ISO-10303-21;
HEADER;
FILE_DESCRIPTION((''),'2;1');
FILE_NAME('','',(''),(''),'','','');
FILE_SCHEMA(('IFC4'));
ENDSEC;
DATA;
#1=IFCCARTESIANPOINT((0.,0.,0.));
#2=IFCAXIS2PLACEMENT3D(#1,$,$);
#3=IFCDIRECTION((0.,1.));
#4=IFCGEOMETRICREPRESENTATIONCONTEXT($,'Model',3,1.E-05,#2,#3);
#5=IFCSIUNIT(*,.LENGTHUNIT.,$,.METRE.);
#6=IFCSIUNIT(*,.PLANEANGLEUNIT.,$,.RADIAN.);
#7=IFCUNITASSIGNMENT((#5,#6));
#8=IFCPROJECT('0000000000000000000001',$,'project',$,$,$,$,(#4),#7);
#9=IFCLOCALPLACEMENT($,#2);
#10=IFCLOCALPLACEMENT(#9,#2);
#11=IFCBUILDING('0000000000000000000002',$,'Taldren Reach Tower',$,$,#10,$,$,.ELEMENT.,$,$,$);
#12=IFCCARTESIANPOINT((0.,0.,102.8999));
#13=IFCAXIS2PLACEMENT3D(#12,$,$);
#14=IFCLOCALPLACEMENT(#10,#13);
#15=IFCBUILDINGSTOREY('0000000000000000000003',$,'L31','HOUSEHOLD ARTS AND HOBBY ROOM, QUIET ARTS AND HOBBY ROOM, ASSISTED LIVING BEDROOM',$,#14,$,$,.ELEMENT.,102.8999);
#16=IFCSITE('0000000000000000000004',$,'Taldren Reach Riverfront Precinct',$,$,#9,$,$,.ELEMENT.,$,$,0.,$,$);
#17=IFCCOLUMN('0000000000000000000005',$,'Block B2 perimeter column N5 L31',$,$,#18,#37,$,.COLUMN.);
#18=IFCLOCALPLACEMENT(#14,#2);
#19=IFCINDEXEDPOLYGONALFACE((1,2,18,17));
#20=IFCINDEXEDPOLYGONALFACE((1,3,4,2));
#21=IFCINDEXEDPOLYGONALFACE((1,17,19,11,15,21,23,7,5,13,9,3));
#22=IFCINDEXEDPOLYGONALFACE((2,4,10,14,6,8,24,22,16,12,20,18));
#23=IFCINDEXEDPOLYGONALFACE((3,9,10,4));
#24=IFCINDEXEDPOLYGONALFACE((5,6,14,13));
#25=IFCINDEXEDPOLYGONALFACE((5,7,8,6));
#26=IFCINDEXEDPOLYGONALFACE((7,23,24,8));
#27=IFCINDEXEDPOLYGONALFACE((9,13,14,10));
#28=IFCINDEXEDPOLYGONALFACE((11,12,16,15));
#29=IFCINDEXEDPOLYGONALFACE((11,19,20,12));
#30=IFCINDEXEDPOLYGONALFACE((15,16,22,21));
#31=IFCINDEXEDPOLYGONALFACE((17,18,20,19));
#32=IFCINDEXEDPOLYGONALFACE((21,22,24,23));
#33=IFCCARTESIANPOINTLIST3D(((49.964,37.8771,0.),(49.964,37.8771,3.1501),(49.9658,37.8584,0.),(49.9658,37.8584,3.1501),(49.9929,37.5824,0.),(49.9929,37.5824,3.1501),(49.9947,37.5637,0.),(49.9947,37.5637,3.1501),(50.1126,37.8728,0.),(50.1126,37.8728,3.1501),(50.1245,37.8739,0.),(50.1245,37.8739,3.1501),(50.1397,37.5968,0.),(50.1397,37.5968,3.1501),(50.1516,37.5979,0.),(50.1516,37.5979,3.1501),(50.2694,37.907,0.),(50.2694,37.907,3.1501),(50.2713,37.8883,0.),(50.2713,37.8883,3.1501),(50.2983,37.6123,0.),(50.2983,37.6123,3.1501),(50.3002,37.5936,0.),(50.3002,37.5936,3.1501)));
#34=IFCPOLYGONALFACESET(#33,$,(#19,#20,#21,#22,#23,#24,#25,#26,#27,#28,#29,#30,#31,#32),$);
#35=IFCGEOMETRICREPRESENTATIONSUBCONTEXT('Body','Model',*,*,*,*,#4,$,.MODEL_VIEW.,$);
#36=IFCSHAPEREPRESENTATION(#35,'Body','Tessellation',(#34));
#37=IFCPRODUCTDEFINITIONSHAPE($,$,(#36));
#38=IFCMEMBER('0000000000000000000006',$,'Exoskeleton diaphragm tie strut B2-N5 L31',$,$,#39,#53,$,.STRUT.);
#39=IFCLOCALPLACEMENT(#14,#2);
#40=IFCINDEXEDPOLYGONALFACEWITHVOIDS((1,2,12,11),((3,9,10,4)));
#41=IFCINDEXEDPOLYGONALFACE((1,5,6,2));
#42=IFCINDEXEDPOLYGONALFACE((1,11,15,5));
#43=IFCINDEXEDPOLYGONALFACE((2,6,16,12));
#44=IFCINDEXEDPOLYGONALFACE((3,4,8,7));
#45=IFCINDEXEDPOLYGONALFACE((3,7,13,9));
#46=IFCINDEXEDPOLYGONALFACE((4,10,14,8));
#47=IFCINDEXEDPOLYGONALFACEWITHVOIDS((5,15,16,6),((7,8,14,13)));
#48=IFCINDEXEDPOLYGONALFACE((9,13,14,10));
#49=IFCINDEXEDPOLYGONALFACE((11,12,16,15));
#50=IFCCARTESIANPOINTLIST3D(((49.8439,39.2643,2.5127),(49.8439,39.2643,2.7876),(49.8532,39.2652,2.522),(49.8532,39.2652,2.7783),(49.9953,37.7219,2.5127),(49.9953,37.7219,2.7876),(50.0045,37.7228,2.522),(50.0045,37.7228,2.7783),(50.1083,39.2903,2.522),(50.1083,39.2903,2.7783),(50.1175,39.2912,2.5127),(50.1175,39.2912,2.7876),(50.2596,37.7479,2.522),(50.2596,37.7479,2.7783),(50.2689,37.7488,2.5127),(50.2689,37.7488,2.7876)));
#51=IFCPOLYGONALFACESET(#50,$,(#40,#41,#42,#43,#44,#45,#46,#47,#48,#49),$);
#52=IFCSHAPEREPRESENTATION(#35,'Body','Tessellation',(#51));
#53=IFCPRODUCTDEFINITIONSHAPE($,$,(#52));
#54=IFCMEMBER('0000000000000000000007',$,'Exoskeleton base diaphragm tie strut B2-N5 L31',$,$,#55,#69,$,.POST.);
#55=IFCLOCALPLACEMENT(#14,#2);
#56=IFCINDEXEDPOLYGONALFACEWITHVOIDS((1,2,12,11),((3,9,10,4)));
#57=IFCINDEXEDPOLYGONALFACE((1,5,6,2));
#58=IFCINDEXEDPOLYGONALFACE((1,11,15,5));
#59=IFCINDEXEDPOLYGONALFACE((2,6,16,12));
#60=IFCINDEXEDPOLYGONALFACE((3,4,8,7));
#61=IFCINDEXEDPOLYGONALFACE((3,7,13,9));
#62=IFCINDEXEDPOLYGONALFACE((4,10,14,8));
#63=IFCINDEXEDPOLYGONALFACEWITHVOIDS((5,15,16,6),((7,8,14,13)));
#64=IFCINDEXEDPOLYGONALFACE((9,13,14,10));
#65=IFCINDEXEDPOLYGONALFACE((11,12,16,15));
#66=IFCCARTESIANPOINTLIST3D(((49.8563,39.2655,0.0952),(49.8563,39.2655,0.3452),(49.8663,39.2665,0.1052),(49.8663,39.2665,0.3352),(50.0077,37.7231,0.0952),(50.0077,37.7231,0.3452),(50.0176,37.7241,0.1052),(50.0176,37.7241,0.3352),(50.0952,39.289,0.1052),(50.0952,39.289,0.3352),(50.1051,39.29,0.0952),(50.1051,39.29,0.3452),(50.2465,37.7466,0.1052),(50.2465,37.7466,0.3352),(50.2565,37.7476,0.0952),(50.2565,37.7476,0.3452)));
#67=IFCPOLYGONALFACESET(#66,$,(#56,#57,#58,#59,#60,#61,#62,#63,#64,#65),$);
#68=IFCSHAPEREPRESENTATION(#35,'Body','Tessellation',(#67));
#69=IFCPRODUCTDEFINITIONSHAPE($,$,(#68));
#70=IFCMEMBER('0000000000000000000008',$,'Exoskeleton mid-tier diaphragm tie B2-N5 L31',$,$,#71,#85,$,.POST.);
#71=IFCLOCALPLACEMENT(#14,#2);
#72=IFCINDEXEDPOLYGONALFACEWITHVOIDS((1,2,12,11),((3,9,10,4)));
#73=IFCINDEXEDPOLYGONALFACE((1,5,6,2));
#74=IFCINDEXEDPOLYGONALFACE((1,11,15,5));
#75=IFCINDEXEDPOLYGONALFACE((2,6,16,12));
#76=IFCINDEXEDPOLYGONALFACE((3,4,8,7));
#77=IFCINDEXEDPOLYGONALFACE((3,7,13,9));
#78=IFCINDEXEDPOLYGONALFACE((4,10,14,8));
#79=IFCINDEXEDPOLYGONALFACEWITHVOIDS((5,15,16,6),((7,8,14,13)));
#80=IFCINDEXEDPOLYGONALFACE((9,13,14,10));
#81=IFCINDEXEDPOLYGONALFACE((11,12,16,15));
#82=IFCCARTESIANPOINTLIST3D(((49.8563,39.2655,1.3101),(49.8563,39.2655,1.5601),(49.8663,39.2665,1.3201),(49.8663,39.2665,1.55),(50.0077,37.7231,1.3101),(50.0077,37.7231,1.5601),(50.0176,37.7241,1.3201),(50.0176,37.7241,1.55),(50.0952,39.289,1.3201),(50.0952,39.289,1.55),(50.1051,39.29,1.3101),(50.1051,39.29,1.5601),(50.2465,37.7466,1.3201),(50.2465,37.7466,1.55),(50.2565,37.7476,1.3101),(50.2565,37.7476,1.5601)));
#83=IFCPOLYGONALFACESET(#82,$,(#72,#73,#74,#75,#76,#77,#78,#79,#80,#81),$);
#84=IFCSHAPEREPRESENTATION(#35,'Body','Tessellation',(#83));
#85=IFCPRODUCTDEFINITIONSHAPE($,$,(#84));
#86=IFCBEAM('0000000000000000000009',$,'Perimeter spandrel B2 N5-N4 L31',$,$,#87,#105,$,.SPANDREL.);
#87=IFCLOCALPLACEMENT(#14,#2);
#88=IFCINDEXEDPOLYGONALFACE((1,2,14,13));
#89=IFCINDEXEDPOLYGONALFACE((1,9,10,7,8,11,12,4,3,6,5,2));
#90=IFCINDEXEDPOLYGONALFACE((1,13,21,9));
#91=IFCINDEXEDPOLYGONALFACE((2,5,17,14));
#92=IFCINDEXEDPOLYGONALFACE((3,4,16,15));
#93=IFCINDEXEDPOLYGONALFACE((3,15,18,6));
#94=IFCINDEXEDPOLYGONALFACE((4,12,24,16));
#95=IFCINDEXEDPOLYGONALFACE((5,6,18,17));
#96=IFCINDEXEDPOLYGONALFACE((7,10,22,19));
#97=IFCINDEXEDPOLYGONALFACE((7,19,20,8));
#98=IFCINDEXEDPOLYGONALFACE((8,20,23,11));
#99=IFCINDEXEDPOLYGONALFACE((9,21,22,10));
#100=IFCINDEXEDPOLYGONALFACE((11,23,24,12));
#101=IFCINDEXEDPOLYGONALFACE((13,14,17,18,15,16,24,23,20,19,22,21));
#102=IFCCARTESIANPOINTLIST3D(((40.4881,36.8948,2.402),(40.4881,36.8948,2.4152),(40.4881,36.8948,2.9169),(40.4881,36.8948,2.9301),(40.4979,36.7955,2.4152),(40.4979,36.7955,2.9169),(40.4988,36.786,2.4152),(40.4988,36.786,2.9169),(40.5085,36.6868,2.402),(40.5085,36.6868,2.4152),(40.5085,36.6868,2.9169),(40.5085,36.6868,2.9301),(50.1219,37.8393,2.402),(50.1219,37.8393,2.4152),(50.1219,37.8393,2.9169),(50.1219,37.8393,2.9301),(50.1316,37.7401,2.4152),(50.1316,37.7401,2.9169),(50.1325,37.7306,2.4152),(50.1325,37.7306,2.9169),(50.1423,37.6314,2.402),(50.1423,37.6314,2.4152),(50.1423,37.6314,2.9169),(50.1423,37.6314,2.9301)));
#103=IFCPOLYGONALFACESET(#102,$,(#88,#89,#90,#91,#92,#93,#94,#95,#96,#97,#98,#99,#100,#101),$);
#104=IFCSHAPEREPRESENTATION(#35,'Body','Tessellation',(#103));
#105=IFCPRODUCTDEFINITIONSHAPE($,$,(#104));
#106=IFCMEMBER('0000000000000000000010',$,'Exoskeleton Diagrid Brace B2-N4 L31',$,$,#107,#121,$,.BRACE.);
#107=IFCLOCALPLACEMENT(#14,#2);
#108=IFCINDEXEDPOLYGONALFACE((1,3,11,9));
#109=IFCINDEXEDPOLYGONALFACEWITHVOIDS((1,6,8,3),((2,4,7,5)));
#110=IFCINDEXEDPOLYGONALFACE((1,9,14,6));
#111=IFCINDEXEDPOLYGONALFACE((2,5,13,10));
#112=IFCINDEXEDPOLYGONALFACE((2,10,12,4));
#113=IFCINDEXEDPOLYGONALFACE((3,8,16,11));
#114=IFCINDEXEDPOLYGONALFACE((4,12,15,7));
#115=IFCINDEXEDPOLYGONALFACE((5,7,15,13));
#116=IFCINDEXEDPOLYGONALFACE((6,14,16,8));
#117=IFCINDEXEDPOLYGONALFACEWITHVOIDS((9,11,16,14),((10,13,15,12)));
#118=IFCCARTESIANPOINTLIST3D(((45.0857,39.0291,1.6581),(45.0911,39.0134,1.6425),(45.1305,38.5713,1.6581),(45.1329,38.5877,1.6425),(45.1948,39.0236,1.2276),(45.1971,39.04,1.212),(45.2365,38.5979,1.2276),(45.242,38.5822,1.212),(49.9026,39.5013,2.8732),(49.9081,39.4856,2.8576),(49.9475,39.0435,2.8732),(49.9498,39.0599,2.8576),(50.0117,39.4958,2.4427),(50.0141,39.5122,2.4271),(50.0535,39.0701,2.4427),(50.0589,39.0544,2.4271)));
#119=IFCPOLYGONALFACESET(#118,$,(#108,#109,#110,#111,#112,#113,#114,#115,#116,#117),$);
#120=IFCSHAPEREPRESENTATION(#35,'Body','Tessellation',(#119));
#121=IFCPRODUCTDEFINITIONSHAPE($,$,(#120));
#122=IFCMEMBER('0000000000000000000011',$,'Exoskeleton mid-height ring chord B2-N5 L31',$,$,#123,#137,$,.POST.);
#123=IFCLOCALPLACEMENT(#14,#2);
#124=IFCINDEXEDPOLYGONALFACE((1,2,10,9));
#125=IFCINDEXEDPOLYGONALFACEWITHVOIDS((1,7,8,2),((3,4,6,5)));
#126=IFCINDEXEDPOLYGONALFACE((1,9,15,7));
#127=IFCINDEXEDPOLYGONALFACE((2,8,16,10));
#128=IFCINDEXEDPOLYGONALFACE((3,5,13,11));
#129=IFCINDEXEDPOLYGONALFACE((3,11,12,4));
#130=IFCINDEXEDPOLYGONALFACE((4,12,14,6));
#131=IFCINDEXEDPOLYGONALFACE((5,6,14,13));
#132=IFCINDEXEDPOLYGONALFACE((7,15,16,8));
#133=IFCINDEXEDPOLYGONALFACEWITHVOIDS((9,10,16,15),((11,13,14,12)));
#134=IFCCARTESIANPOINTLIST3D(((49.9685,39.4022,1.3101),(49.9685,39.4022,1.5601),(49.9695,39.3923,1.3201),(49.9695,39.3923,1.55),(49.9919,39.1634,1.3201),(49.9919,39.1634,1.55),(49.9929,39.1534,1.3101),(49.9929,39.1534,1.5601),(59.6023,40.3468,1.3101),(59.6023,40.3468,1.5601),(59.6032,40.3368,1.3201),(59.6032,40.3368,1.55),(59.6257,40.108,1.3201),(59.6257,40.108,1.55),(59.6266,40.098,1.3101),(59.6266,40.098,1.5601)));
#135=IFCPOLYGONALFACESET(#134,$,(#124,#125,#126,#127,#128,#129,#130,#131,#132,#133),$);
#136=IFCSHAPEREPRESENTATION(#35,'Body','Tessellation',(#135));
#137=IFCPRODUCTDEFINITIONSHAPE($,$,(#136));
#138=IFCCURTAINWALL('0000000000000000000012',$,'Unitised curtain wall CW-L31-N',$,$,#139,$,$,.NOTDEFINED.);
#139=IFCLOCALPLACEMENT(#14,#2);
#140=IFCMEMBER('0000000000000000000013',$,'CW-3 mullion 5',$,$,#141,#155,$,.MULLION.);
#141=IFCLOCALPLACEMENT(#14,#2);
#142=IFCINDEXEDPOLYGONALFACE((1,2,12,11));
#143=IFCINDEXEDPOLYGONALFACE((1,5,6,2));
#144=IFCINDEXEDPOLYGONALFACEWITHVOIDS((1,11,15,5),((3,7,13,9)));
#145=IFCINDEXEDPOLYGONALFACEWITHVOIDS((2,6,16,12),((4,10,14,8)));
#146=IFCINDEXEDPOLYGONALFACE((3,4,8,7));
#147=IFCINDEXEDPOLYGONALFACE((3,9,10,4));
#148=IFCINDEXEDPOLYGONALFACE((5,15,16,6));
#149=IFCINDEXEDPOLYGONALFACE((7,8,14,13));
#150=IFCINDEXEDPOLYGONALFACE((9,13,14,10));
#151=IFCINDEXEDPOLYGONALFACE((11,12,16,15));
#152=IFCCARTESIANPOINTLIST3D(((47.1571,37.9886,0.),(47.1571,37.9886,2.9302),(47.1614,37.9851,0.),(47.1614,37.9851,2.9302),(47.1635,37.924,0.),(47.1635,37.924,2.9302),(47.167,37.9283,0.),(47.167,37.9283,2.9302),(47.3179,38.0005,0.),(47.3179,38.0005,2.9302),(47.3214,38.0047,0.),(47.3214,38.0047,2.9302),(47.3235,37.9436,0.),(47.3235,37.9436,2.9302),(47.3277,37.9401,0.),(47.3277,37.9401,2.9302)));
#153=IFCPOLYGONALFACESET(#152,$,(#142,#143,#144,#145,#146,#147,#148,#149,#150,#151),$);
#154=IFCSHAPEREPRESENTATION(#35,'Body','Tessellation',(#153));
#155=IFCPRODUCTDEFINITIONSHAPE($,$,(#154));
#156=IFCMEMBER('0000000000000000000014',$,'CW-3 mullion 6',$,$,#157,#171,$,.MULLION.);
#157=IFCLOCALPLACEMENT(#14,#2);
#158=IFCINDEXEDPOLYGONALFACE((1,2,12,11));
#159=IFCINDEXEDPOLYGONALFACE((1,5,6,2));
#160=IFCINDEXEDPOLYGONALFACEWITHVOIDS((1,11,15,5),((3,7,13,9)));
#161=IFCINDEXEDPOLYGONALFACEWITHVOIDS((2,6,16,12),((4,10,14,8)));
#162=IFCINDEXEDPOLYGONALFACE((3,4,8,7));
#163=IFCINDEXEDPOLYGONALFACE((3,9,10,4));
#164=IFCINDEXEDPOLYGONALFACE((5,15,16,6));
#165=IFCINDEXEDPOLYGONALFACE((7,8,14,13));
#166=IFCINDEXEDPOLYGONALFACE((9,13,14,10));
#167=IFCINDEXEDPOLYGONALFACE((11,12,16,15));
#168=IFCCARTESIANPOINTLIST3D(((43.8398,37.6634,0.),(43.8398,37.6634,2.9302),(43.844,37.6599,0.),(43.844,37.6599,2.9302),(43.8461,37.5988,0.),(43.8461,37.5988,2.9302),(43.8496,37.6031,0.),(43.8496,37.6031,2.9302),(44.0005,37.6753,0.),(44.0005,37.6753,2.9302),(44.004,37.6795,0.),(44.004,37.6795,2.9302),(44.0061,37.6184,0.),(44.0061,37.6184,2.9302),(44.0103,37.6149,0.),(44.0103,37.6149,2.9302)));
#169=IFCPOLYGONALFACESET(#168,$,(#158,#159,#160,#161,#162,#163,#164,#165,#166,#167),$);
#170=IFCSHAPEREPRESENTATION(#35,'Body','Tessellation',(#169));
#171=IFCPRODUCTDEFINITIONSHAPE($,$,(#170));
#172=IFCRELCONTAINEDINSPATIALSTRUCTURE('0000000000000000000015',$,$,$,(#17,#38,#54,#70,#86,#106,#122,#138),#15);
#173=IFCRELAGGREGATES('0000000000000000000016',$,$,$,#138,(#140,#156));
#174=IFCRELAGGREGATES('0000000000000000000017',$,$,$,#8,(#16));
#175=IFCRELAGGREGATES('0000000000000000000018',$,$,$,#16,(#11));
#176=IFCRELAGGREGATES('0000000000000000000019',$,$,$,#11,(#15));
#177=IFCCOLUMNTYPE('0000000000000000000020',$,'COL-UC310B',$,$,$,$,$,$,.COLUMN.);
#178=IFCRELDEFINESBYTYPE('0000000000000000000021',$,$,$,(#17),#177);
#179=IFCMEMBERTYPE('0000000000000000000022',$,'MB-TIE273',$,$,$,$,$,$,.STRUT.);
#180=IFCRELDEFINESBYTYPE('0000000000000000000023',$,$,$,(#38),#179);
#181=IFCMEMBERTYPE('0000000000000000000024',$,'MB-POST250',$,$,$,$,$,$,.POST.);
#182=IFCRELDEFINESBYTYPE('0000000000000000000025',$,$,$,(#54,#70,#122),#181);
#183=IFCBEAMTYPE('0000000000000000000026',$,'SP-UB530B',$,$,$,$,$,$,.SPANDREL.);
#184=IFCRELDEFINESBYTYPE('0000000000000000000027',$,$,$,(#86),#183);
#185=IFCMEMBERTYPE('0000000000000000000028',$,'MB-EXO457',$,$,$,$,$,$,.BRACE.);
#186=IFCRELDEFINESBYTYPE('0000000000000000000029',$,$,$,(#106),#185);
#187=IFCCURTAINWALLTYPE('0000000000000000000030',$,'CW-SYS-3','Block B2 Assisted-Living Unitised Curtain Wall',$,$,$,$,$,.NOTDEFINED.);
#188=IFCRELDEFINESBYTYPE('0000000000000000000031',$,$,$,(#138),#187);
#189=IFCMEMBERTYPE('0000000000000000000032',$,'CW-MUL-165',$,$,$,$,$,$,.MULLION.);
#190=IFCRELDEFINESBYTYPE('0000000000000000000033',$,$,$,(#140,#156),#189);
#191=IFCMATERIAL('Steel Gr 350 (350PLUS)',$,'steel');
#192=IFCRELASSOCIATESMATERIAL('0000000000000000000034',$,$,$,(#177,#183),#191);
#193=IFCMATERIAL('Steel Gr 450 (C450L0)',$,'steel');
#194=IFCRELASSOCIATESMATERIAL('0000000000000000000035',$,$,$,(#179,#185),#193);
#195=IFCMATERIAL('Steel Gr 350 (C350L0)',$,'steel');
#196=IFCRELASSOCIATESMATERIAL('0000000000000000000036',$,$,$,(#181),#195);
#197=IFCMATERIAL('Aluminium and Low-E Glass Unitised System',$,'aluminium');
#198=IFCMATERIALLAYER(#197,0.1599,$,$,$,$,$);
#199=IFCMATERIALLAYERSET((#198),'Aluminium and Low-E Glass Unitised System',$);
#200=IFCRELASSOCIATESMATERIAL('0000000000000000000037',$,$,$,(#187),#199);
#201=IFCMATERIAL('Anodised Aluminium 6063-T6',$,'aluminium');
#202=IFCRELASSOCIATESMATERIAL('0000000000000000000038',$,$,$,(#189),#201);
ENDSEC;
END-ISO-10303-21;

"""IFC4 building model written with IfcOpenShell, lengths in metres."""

from ifc_helpers import new_model, si_unit, direction, frame, origin, origin_2d, place, context, subcontext, project, spatial, hollow_rectangle, i_section, extrude, source, transform, mapped, material, layer, layer_set, material_profile, profile_set, type_object, element, aggregate, save


model = new_model("IFC4")

# Units and contexts
model_context = context("Model", 3, precision=1e-05, world=origin(), true_north=direction((0.0, 1.0)))
body_context = subcontext(model_context, "Body", "Model", "MODEL_VIEW")
ifc_project = project(units=[si_unit("LENGTHUNIT", "METRE"), si_unit("PLANEANGLEUNIT", "RADIAN")], contexts=[model_context])

# Site, building, storey
site_placement = place(None, origin())
site = spatial("IfcSite", under=ifc_project, at=site_placement, Name="Taldren Reach Riverfront Precinct", CompositionType="ELEMENT", RefElevation=0.0)
building_placement = place(site_placement, origin())
building = spatial("IfcBuilding", under=site, at=building_placement, Name="Taldren Reach Tower", CompositionType="ELEMENT")
storey_placement = place(building_placement, frame((0.0, 0.0, 102.8999)))
storey = spatial("IfcBuildingStorey", under=building, at=storey_placement, Name="L31", Description="HOUSEHOLD ARTS AND HOBBY ROOM, QUIET ARTS AND HOBBY ROOM, ASSISTED LIVING BEDROOM", CompositionType="ELEMENT", Elevation=102.8999)

# Column
ifc_material_1 = material(Name="Steel Gr 350 (350PLUS)", Category="steel")
ifc_material_profile_1 = material_profile(ifc_material_1, i_section(OverallWidth=0.3069, OverallDepth=0.3149, WebThickness=0.012, FlangeThickness=0.0188, at=origin_2d()), Name="310UC118")
ifc_profile_set_1 = profile_set([ifc_material_profile_1], Name="Steel Gr 350 (350PLUS)")
column_type = type_object("IfcColumnType", Name="COL-UC310B", PredefinedType="COLUMN", material=ifc_profile_set_1)
shared_shape_1 = source(origin(), body_context, "Body", "SweptSolid", [
    extrude(i_section(OverallWidth=0.3069, OverallDepth=0.3149, WebThickness=0.012, FlangeThickness=0.0188, at=origin_2d()), origin(), (0.0, 0.0, 1.0), 3.1501),
])
column_placement = place(storey_placement, frame((50.1321, 37.7354, 0.0), z_axis=(0.0, 0.0, 1.0), x_axis=(0.995227, 0.097583, 0.0)))
element("IfcColumn", 1, at=column_placement, inside=storey, type_object=column_type, Name="Block B2 perimeter column N5 L31", PredefinedType="COLUMN", context=body_context, shape_type="MappedRepresentation", body=[
    mapped(shared_shape_1, transform((0.0, 0.0, 0.0), scale=1.0)),
])

# Members
ifc_material_2 = material(Name="Steel Gr 450 (C450L0)", Category="steel")
ifc_material_profile_2 = material_profile(ifc_material_2, hollow_rectangle(XDim=0.2749, YDim=0.2749, WallThickness=0.0093, at=origin_2d()), Name="275x275x9.3SHS")
ifc_profile_set_2 = profile_set([ifc_material_profile_2], Name="Steel Gr 450 (C450L0)")
member_type_1 = type_object("IfcMemberType", Name="MB-TIE273", PredefinedType="STRUT", material=ifc_profile_set_2)
shared_shape_2 = source(origin(), body_context, "Body", "SweptSolid", [
    extrude(hollow_rectangle(XDim=0.2749, YDim=0.2749, WallThickness=0.0093, at=origin_2d()), origin(), (0.0, 0.0, 1.0), 1.5498),
])
member_1_placement = place(storey_placement, frame((50.1321, 37.7354, 2.6501), z_axis=(-0.097663, 0.99522, 0.0), x_axis=(-0.99522, -0.097663, 0.0)))
element("IfcMember", 2, at=member_1_placement, inside=storey, type_object=member_type_1, Name="Exoskeleton diaphragm tie strut B2-N5 L31", PredefinedType="STRUT", context=body_context, shape_type="MappedRepresentation", body=[
    mapped(shared_shape_2, transform((0.0, 0.0, 0.0), scale=1.0)),
])
ifc_material_3 = material(Name="Steel Gr 350 (C350L0)", Category="steel")
ifc_material_profile_3 = material_profile(ifc_material_3, hollow_rectangle(XDim=0.25, YDim=0.25, WallThickness=0.01, at=origin_2d()), Name="250x250x10.0SHS")
ifc_profile_set_3 = profile_set([ifc_material_profile_3], Name="Steel Gr 350 (C350L0)")
member_type_2 = type_object("IfcMemberType", Name="MB-POST250", PredefinedType="POST", material=ifc_profile_set_3)
shared_shape_3 = source(origin(), body_context, "Body", "SweptSolid", [
    extrude(hollow_rectangle(XDim=0.25, YDim=0.25, WallThickness=0.01, at=origin_2d()), origin(), (0.0, 0.0, 1.0), 1.5498),
])
for number, where, z_axis, x_axis, name in (
    (3, (50.1321, 37.7354, 0.2202), (-0.097663, 0.99522, 0.0), (-0.99522, -0.097663, 0.0), "Exoskeleton base diaphragm tie strut B2-N5 L31"),
    (4, (50.1321, 37.7354, 1.4351), (-0.097663, 0.99522, 0.0), (-0.99522, -0.097663, 0.0), "Exoskeleton mid-tier diaphragm tie B2-N5 L31"),
):
    element("IfcMember", number, at=place(storey_placement, frame(where, z_axis=z_axis, x_axis=x_axis)), inside=storey, type_object=member_type_2, Name=name, PredefinedType="POST", context=body_context, shape_type="MappedRepresentation", body=[
        mapped(shared_shape_3, transform((0.0, 0.0, 0.0), scale=1.0)),
    ])

# Beam
ifc_material_profile_4 = material_profile(ifc_material_1, i_section(OverallWidth=0.209, OverallDepth=0.5281, WebThickness=0.0095, FlangeThickness=0.0132, at=origin_2d()), Name="530UB82.0")
ifc_profile_set_4 = profile_set([ifc_material_profile_4], Name="Steel Gr 350 (350PLUS)")
beam_type = type_object("IfcBeamType", Name="SP-UB530B", PredefinedType="SPANDREL", material=ifc_profile_set_4)
shared_shape_4 = source(origin(), body_context, "Body", "SweptSolid", [
    extrude(i_section(OverallWidth=0.209, OverallDepth=0.5281, WebThickness=0.0095, FlangeThickness=0.0132, at=origin_2d()), origin(), (0.0, 0.0, 1.0), 9.6799),
])
beam_placement = place(storey_placement, frame((50.1321, 37.7354, 2.666), z_axis=(-0.995228, -0.097581, 0.0), x_axis=(0.097581, -0.995228, 0.0)))
element("IfcBeam", 5, at=beam_placement, inside=storey, type_object=beam_type, Name="Perimeter spandrel B2 N5-N4 L31", PredefinedType="SPANDREL", context=body_context, shape_type="MappedRepresentation", body=[
    mapped(shared_shape_4, transform((0.0, 0.0, 0.0), scale=1.0)),
])

# Members
ifc_material_profile_5 = material_profile(ifc_material_2, hollow_rectangle(XDim=0.46, YDim=0.46, WallThickness=0.0161, at=origin_2d()), Name="460x460x16.0SHS")
ifc_profile_set_5 = profile_set([ifc_material_profile_5], Name="Steel Gr 450 (C450L0)")
member_type_3 = type_object("IfcMemberType", Name="MB-EXO457", PredefinedType="BRACE", material=ifc_profile_set_5)
shared_shape_5 = source(origin(), body_context, "Body", "SweptSolid", [
    extrude(hollow_rectangle(XDim=0.46, YDim=0.46, WallThickness=0.0161, at=origin_2d()), origin(), (0.0, 0.0, 1.0), 4.9902),
])
member_2_placement = place(storey_placement, frame((45.1638, 38.8057, 1.4351), z_axis=(0.965276, 0.09462, 0.243496), x_axis=(-0.097556, 0.99523, 0.0)))
element("IfcMember", 6, at=member_2_placement, inside=storey, type_object=member_type_3, Name="Exoskeleton Diagrid Brace B2-N4 L31", PredefinedType="BRACE", context=body_context, shape_type="MappedRepresentation", body=[
    mapped(shared_shape_5, transform((0.0, 0.0, 0.0), scale=1.0)),
])
shared_shape_6 = source(origin(), body_context, "Body", "SweptSolid", [
    extrude(hollow_rectangle(XDim=0.25, YDim=0.25, WallThickness=0.01, at=origin_2d()), origin(), (0.0, 0.0, 1.0), 9.6799),
])
member_3_placement = place(storey_placement, frame((49.9807, 39.2778, 1.4351), z_axis=(0.995228, 0.097581, 0.0), x_axis=(-0.097581, 0.995228, 0.0)))
element("IfcMember", 7, at=member_3_placement, inside=storey, type_object=member_type_2, Name="Exoskeleton mid-height ring chord B2-N5 L31", PredefinedType="POST", context=body_context, shape_type="MappedRepresentation", body=[
    mapped(shared_shape_6, transform((0.0, 0.0, 0.0), scale=1.0)),
])

# Curtain wall, members
ifc_material_4 = material(Name="Aluminium and Low-E Glass Unitised System", Category="aluminium")
ifc_layer_1 = layer(ifc_material_4, 0.1599)
ifc_layer_set_1 = layer_set([ifc_layer_1], Name="Aluminium and Low-E Glass Unitised System")
curtain_wall_type = type_object("IfcCurtainWallType", Name="CW-SYS-3", Description="Block B2 Assisted-Living Unitised Curtain Wall", PredefinedType="NOTDEFINED", material=ifc_layer_set_1)
curtain_wall_placement = place(storey_placement, origin())
curtain_wall = element("IfcCurtainWall", 8, at=curtain_wall_placement, inside=storey, type_object=curtain_wall_type, Name="Unitised curtain wall CW-L31-N", PredefinedType="NOTDEFINED")
ifc_material_5 = material(Name="Anodised Aluminium 6063-T6", Category="aluminium")
ifc_material_profile_6 = material_profile(ifc_material_5, hollow_rectangle(XDim=0.0649, YDim=0.165, WallThickness=0.0039, at=origin_2d()), Name="ALU-165x65x4RHS")
ifc_profile_set_6 = profile_set([ifc_material_profile_6], Name="Anodised Aluminium 6063-T6")
member_type_4 = type_object("IfcMemberType", Name="CW-MUL-165", PredefinedType="MULLION", material=ifc_profile_set_6)
shared_shape_7 = source(origin(), body_context, "Body", "SweptSolid", [
    extrude(hollow_rectangle(XDim=0.0649, YDim=0.165, WallThickness=0.0039, at=origin_2d()), origin(), (0.0, 0.0, 1.0), 2.9302),
])
member_4_placement = place(storey_placement, frame((47.2424, 37.9644, 0.0), z_axis=(0.0, 0.0, 1.0), x_axis=(0.097583, -0.995227, 0.0)))
member_4 = element("IfcMember", 9, at=member_4_placement, type_object=member_type_4, Name="CW-3 mullion 5", PredefinedType="MULLION", context=body_context, shape_type="MappedRepresentation", body=[
    mapped(shared_shape_7, transform((0.0, 0.0, 0.0), scale=1.0)),
])
member_5_placement = place(storey_placement, frame((43.925, 37.6392, 0.0), z_axis=(0.0, 0.0, 1.0), x_axis=(0.097583, -0.995227, 0.0)))
member_5 = element("IfcMember", 10, at=member_5_placement, type_object=member_type_4, Name="CW-3 mullion 6", PredefinedType="MULLION", context=body_context, shape_type="MappedRepresentation", body=[
    mapped(shared_shape_7, transform((0.0, 0.0, 0.0), scale=1.0)),
])

aggregate(curtain_wall, [member_4, member_5])

save(model, "model.ifc")
